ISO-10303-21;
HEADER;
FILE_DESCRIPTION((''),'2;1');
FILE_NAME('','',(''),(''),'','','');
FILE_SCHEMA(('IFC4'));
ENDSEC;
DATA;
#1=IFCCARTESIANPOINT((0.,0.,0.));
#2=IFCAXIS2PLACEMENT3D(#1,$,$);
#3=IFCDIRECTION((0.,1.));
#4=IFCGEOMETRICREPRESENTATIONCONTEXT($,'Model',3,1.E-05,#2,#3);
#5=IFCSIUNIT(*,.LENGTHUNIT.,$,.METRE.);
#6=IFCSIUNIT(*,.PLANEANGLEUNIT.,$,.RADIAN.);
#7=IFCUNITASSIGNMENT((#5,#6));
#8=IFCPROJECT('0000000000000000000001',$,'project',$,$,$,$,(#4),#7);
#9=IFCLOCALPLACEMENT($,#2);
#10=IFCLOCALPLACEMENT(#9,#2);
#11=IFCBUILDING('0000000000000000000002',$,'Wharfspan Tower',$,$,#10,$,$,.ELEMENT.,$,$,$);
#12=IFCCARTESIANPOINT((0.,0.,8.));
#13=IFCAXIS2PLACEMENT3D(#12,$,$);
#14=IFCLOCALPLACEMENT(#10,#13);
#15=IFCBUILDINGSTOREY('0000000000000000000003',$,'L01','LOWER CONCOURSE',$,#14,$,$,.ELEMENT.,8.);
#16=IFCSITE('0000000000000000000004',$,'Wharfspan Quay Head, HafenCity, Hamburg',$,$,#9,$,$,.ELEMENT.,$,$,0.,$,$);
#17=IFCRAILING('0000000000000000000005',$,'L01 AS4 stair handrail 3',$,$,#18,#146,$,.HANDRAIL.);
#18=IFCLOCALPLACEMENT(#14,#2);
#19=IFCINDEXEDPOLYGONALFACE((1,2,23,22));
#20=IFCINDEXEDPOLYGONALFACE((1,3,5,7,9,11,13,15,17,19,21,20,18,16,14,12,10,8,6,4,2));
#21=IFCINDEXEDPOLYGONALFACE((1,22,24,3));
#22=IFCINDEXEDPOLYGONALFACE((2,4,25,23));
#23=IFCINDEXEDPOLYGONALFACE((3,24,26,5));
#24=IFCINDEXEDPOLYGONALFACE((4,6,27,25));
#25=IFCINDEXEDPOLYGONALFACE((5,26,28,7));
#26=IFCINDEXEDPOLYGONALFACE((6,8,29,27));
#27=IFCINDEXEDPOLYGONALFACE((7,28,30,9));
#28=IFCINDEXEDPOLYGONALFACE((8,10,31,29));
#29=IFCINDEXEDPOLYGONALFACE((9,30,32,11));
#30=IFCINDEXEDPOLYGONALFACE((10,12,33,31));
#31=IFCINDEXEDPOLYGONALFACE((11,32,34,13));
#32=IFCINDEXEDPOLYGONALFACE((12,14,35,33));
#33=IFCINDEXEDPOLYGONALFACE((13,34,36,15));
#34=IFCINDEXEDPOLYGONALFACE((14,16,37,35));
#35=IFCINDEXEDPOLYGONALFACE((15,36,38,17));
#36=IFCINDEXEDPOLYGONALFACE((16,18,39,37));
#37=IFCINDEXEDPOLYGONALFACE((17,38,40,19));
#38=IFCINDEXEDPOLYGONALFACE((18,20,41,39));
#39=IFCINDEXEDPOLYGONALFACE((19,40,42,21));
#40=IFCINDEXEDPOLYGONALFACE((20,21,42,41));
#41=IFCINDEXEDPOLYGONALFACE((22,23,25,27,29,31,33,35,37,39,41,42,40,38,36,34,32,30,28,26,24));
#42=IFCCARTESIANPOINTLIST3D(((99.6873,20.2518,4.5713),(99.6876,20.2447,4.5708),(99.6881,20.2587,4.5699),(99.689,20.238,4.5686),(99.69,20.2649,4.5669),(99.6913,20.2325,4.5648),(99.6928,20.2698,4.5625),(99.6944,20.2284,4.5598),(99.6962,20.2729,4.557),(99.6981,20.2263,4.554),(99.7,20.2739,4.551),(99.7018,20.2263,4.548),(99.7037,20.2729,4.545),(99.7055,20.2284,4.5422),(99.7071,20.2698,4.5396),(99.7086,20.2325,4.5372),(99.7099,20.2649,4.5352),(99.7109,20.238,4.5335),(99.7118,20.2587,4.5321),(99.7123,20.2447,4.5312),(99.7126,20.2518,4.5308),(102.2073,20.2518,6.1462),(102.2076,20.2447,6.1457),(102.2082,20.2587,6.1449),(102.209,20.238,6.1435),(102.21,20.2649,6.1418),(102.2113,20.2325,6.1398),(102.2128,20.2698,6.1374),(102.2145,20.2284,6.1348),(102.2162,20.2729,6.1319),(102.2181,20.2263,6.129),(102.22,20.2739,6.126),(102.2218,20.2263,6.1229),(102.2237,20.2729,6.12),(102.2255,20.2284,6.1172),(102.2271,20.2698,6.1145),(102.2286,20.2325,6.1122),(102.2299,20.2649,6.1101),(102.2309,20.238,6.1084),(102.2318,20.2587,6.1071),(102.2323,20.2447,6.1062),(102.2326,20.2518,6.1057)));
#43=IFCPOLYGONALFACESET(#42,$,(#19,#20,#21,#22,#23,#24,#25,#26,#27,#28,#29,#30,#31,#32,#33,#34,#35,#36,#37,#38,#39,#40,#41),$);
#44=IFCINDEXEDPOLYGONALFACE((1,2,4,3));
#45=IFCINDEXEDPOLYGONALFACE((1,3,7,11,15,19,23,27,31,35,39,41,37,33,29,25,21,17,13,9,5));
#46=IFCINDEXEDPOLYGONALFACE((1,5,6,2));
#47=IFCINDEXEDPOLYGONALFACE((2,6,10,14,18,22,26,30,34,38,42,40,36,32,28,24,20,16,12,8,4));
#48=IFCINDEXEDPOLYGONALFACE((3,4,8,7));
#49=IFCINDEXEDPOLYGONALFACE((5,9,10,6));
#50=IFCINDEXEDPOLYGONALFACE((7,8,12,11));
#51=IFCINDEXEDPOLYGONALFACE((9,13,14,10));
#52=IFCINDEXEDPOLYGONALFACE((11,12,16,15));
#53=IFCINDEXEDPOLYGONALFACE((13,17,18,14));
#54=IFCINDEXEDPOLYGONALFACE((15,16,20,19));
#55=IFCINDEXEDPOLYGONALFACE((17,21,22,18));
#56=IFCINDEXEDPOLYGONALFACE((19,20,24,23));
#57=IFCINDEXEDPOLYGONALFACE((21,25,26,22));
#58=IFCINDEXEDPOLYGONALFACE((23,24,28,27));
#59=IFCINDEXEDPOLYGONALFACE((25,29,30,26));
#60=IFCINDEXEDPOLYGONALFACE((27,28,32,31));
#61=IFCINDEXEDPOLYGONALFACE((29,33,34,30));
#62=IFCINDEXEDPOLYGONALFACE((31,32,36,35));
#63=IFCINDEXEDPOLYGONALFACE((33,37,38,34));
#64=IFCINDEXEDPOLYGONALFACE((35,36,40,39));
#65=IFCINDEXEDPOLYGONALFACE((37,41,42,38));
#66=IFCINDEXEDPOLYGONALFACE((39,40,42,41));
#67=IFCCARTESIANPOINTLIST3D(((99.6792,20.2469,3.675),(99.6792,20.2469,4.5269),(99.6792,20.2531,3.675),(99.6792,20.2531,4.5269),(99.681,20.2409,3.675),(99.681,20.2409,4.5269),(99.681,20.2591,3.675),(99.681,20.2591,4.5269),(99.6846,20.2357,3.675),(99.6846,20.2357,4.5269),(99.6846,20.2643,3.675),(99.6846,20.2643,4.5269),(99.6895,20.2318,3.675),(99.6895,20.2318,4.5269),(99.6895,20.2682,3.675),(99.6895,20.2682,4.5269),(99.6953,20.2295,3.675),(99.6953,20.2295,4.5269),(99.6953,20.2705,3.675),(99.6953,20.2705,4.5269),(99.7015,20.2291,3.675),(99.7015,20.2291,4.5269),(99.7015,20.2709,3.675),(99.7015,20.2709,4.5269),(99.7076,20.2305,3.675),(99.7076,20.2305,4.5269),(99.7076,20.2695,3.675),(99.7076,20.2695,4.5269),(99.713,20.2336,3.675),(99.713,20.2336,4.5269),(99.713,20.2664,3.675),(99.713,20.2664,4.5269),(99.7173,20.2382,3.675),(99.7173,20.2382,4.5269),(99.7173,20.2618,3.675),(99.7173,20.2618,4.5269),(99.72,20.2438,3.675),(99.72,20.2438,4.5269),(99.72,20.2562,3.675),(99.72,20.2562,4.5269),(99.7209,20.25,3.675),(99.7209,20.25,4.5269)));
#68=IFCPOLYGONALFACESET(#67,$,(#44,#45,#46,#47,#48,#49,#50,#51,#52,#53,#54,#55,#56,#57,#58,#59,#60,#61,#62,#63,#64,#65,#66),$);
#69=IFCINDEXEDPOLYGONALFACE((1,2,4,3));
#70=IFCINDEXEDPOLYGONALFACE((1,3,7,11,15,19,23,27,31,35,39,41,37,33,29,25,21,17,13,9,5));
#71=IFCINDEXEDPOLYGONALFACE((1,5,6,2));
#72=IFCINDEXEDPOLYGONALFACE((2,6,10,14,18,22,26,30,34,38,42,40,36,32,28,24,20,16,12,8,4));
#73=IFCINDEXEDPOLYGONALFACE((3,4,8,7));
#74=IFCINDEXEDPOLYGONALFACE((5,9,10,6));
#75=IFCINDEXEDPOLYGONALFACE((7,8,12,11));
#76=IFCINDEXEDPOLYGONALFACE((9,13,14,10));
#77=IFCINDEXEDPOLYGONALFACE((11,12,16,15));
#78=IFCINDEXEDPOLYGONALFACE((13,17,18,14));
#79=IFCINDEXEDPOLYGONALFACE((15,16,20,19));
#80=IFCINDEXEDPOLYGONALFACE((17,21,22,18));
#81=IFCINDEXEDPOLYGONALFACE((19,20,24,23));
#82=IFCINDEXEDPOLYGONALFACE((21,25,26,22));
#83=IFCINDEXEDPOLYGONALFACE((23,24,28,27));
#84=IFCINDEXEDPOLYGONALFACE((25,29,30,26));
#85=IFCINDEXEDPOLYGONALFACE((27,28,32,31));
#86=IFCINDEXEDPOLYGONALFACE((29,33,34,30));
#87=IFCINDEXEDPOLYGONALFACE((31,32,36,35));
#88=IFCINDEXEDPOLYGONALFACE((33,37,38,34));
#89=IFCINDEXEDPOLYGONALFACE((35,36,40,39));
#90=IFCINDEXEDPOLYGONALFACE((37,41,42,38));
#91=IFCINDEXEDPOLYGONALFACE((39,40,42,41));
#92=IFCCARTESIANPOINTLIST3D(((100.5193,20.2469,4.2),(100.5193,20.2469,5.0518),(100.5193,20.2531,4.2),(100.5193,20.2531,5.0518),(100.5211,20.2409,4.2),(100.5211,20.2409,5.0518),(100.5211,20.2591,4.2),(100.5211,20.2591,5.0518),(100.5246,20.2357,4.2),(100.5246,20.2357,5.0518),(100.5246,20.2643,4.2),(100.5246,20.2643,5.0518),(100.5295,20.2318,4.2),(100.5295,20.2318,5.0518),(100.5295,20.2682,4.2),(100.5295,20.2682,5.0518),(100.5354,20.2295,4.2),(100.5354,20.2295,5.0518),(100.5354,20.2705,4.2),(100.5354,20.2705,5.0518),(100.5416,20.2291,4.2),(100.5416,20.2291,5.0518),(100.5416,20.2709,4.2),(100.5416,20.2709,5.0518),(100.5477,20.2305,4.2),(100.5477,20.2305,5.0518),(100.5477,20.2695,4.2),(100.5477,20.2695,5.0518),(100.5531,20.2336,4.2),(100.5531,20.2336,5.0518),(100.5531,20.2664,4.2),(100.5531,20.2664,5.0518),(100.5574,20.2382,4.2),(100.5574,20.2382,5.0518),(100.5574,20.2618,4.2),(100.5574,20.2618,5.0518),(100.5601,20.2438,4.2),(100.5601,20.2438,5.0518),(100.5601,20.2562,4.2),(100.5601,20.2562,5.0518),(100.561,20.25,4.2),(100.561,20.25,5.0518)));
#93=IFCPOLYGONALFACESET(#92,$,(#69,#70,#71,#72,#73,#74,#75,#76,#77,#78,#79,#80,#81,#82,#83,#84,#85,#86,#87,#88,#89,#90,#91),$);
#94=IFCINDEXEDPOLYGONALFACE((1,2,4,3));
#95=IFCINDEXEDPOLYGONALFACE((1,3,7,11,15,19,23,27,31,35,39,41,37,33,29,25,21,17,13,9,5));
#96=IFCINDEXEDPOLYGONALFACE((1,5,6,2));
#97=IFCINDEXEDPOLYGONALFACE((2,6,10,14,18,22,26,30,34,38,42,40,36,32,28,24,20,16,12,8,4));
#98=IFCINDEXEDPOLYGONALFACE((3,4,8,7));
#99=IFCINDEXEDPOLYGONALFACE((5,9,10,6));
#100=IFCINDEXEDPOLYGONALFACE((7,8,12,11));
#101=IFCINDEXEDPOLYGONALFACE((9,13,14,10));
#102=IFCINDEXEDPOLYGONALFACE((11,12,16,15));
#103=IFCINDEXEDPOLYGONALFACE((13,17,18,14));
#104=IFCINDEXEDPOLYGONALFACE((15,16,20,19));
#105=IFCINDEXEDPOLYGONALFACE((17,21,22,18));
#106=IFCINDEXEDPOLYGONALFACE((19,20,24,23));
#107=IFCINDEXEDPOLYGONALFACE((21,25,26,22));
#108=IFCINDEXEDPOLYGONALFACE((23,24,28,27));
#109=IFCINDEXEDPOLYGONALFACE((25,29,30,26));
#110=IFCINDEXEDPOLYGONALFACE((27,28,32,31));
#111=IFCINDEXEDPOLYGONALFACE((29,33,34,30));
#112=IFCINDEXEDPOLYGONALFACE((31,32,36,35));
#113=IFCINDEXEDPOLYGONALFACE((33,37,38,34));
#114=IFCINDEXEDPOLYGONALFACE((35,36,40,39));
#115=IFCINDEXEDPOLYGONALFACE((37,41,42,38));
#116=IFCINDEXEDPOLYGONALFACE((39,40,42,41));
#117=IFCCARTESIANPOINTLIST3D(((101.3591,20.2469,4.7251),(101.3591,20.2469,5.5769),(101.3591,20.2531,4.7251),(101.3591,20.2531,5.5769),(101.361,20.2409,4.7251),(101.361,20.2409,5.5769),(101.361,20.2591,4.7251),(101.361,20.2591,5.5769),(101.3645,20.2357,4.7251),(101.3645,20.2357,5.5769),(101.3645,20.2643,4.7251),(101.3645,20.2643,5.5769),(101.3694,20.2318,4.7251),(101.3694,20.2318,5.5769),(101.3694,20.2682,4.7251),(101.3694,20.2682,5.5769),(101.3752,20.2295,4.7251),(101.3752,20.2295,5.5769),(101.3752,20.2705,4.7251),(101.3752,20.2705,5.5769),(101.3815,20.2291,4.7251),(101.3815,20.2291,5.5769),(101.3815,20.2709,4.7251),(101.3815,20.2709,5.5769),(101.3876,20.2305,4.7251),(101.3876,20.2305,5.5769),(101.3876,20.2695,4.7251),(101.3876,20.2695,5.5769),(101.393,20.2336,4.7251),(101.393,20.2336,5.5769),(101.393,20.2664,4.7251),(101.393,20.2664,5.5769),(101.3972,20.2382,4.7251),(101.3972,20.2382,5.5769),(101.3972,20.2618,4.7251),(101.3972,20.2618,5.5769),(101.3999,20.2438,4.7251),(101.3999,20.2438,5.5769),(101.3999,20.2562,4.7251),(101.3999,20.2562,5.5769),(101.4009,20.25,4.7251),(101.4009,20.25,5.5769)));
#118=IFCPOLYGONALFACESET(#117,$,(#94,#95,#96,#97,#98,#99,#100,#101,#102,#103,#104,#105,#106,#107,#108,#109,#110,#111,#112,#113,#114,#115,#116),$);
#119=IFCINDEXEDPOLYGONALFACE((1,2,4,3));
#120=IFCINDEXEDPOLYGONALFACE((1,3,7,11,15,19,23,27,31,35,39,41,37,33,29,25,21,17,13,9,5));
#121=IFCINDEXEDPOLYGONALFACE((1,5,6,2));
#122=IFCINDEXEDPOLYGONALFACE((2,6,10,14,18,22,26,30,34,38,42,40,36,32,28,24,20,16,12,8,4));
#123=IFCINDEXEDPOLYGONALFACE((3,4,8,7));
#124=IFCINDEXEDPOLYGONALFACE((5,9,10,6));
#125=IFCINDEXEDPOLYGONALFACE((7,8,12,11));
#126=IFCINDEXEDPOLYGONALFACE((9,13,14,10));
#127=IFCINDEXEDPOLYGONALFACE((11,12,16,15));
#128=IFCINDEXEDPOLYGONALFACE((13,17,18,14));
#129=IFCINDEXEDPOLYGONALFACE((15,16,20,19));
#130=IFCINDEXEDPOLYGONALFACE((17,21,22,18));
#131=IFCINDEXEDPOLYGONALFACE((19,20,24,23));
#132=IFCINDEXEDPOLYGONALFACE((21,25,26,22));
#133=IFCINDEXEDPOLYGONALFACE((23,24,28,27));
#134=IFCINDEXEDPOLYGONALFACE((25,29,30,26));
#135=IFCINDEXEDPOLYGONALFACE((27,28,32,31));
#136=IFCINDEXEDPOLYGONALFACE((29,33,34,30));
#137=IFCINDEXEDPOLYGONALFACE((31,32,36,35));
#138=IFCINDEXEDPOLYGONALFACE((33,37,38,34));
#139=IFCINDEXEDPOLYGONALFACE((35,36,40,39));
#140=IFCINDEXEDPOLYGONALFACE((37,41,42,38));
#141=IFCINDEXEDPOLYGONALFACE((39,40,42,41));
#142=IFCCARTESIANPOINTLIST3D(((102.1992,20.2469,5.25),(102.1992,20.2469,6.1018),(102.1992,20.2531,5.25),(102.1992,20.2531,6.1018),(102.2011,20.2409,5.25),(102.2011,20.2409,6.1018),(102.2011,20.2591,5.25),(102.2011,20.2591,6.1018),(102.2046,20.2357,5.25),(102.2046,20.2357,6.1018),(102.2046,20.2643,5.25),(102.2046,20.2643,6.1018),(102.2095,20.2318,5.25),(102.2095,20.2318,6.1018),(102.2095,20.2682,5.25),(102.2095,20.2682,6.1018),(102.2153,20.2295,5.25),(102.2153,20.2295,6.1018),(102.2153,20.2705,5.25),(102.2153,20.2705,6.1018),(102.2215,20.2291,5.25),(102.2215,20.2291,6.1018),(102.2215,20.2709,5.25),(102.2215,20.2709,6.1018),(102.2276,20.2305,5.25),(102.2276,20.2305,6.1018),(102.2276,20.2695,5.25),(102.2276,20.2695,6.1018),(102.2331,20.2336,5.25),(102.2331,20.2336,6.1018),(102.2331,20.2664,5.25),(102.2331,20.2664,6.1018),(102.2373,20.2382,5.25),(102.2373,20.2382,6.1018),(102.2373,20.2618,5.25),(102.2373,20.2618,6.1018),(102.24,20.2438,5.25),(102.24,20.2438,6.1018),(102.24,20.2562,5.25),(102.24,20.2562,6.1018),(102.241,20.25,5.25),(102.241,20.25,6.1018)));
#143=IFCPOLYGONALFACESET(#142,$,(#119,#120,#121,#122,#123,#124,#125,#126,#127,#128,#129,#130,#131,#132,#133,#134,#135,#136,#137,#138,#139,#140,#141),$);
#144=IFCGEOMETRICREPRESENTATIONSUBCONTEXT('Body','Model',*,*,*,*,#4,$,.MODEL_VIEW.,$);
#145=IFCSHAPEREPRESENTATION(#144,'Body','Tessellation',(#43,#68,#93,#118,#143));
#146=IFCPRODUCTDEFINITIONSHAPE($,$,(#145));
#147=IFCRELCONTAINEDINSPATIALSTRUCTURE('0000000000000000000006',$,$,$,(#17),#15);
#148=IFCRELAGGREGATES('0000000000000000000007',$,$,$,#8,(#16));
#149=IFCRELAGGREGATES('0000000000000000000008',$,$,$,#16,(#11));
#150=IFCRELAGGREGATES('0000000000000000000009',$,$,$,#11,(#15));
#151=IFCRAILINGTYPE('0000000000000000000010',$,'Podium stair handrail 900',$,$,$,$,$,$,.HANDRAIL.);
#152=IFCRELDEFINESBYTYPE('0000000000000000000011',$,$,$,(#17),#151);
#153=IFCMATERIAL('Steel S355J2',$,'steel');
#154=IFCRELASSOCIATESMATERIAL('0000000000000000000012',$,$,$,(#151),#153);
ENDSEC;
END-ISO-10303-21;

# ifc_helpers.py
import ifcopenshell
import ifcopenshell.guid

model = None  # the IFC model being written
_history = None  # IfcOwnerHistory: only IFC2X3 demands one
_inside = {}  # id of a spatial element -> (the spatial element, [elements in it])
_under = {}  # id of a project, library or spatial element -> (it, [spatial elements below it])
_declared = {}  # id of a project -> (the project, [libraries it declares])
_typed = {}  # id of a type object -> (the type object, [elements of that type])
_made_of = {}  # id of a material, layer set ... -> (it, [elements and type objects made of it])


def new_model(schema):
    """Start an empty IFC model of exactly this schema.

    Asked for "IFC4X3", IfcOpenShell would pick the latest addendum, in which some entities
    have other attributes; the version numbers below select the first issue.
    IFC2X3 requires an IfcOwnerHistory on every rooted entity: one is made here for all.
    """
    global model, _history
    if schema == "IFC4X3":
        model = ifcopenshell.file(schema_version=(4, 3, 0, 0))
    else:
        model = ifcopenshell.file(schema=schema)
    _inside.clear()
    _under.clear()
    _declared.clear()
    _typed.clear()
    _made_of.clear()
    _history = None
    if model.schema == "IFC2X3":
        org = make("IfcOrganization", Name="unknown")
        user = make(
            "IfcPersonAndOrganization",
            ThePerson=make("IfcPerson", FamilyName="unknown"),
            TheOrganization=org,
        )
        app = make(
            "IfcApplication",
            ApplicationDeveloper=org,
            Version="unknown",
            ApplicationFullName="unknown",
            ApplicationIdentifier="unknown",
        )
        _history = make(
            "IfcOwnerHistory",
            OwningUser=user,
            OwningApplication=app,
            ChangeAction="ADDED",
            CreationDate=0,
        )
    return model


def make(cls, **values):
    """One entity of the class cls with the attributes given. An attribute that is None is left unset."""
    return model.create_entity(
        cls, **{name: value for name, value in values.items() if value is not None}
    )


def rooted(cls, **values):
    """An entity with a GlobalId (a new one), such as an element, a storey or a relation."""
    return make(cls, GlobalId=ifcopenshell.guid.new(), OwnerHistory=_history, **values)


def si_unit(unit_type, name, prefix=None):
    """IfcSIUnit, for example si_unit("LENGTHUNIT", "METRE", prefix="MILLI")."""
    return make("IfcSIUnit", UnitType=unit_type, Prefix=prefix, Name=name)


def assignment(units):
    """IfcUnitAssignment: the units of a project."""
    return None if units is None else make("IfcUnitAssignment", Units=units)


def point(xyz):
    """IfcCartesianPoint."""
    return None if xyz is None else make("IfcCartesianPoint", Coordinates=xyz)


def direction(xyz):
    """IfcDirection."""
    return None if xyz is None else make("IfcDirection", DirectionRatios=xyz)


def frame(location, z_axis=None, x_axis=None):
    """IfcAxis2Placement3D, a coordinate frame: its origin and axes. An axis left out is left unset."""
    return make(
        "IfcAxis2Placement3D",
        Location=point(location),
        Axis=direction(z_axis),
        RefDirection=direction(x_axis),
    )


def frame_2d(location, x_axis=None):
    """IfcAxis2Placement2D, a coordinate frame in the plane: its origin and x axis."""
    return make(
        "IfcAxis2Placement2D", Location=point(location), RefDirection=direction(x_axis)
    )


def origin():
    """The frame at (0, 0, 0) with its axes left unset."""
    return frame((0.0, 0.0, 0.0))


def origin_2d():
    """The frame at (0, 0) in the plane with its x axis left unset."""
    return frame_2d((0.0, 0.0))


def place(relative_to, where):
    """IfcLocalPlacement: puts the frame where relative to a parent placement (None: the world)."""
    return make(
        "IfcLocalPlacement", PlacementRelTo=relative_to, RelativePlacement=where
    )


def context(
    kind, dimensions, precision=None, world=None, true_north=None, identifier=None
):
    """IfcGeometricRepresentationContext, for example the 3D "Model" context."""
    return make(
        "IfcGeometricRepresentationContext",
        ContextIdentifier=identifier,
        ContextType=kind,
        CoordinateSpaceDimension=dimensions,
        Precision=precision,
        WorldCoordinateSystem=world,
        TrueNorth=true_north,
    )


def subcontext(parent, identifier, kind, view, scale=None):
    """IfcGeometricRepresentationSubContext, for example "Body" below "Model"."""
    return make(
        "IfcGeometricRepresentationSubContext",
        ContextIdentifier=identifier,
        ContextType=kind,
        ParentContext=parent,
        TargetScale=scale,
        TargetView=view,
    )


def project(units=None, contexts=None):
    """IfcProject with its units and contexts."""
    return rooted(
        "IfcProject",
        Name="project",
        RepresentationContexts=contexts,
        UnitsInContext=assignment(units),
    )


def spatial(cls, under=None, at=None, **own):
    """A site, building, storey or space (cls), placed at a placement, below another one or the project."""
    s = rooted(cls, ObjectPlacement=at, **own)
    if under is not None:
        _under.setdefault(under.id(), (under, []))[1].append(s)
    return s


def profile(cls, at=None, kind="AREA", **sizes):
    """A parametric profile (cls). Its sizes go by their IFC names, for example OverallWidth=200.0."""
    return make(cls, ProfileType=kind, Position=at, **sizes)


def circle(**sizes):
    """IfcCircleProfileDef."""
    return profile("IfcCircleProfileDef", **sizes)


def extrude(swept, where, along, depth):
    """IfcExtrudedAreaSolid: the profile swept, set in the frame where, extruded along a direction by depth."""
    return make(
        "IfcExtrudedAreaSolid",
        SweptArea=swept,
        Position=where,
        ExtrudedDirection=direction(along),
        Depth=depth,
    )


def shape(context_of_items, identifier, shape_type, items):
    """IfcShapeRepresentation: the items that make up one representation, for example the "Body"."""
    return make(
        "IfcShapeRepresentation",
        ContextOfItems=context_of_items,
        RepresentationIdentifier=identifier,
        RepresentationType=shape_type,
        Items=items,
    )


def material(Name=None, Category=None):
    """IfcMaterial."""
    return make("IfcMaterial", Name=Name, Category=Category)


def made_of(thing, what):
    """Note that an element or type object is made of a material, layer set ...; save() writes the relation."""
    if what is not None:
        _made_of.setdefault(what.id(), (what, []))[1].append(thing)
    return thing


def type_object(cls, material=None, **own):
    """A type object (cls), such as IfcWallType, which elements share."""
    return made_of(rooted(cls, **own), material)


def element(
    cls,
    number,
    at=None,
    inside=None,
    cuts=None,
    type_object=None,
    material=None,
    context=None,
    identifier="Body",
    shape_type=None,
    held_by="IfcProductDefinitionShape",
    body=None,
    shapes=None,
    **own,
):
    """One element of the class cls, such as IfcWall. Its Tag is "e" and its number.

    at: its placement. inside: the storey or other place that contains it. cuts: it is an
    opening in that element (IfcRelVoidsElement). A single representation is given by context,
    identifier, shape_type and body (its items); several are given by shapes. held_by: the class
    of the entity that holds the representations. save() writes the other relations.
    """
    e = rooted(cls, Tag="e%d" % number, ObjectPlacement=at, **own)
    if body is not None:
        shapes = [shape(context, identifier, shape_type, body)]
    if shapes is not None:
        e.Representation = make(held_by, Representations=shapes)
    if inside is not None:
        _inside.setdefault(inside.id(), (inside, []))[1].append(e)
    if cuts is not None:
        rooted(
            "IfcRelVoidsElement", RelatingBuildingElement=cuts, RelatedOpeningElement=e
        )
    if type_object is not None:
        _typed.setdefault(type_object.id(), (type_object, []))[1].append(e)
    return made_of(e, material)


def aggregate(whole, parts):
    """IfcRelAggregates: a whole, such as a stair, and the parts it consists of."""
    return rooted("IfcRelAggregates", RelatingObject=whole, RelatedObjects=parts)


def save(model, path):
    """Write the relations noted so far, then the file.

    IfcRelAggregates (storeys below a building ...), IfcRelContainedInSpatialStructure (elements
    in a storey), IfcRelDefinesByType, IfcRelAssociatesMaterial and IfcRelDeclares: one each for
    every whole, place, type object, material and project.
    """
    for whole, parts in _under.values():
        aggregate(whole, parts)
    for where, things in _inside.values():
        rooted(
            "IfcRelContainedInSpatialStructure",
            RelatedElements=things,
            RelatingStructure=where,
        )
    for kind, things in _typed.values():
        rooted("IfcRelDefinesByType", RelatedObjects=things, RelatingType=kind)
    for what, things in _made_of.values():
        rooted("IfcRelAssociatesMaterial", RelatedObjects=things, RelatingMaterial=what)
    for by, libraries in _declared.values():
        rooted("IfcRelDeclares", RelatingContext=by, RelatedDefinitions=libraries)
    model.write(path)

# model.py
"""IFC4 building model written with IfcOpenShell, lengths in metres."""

from ifc_helpers import new_model, si_unit, direction, frame, origin, origin_2d, place, context, subcontext, project, spatial, circle, extrude, material, type_object, element, save


model = new_model("IFC4")

# Units and contexts
model_context = context("Model", 3, precision=1e-05, world=origin(), true_north=direction((0.0, 1.0)))
body_context = subcontext(model_context, "Body", "Model", "MODEL_VIEW")
ifc_project = project(units=[si_unit("LENGTHUNIT", "METRE"), si_unit("PLANEANGLEUNIT", "RADIAN")], contexts=[model_context])

# Site, building, storey
site_placement = place(None, origin())
site = spatial("IfcSite", under=ifc_project, at=site_placement, Name="Wharfspan Quay Head, HafenCity, Hamburg", CompositionType="ELEMENT", RefElevation=0.0)
building_placement = place(site_placement, origin())
building = spatial("IfcBuilding", under=site, at=building_placement, Name="Wharfspan Tower", CompositionType="ELEMENT")
storey_placement = place(building_placement, frame((0.0, 0.0, 8.0)))
storey = spatial("IfcBuildingStorey", under=building, at=storey_placement, Name="L01", Description="LOWER CONCOURSE", CompositionType="ELEMENT", Elevation=8.0)

# Railing
ifc_material_1 = material(Name="Steel S355J2", Category="steel")
railing_type_1 = type_object("IfcRailingType", Name="Podium stair handrail 900", PredefinedType="HANDRAIL", material=ifc_material_1)
for number, where, name in (
    (1, (99.7, 20.25, 3.675), "L01 AS4 stair handrail 3"),
):
    element("IfcRailing", number, at=place(storey_placement, frame(where)), inside=storey, type_object=railing_type_1, Name=name, PredefinedType="HANDRAIL", context=body_context, shape_type="SweptSolid", body=[
        extrude(circle(Radius=0.0239, at=origin_2d()), frame((0.0, 0.0, 0.876), z_axis=(0.848008, 0.0, 0.529984), x_axis=(0.0, 1.0, 0.0)), (0.0, 0.0, 1.0), 2.9717),
        extrude(circle(Radius=0.021, at=origin_2d()), origin(), (0.0, 0.0, 1.0), 0.8518),
        extrude(circle(Radius=0.021, at=origin_2d()), frame((0.8401, 0.0, 0.5249)), (0.0, 0.0, 1.0), 0.8518),
        extrude(circle(Radius=0.021, at=origin_2d()), frame((1.6799, 0.0, 1.05)), (0.0, 0.0, 1.0), 0.8518),
        extrude(circle(Radius=0.021, at=origin_2d()), frame((2.52, 0.0, 1.575)), (0.0, 0.0, 1.0), 0.8518),
    ])

save(model, "model.ifc")
